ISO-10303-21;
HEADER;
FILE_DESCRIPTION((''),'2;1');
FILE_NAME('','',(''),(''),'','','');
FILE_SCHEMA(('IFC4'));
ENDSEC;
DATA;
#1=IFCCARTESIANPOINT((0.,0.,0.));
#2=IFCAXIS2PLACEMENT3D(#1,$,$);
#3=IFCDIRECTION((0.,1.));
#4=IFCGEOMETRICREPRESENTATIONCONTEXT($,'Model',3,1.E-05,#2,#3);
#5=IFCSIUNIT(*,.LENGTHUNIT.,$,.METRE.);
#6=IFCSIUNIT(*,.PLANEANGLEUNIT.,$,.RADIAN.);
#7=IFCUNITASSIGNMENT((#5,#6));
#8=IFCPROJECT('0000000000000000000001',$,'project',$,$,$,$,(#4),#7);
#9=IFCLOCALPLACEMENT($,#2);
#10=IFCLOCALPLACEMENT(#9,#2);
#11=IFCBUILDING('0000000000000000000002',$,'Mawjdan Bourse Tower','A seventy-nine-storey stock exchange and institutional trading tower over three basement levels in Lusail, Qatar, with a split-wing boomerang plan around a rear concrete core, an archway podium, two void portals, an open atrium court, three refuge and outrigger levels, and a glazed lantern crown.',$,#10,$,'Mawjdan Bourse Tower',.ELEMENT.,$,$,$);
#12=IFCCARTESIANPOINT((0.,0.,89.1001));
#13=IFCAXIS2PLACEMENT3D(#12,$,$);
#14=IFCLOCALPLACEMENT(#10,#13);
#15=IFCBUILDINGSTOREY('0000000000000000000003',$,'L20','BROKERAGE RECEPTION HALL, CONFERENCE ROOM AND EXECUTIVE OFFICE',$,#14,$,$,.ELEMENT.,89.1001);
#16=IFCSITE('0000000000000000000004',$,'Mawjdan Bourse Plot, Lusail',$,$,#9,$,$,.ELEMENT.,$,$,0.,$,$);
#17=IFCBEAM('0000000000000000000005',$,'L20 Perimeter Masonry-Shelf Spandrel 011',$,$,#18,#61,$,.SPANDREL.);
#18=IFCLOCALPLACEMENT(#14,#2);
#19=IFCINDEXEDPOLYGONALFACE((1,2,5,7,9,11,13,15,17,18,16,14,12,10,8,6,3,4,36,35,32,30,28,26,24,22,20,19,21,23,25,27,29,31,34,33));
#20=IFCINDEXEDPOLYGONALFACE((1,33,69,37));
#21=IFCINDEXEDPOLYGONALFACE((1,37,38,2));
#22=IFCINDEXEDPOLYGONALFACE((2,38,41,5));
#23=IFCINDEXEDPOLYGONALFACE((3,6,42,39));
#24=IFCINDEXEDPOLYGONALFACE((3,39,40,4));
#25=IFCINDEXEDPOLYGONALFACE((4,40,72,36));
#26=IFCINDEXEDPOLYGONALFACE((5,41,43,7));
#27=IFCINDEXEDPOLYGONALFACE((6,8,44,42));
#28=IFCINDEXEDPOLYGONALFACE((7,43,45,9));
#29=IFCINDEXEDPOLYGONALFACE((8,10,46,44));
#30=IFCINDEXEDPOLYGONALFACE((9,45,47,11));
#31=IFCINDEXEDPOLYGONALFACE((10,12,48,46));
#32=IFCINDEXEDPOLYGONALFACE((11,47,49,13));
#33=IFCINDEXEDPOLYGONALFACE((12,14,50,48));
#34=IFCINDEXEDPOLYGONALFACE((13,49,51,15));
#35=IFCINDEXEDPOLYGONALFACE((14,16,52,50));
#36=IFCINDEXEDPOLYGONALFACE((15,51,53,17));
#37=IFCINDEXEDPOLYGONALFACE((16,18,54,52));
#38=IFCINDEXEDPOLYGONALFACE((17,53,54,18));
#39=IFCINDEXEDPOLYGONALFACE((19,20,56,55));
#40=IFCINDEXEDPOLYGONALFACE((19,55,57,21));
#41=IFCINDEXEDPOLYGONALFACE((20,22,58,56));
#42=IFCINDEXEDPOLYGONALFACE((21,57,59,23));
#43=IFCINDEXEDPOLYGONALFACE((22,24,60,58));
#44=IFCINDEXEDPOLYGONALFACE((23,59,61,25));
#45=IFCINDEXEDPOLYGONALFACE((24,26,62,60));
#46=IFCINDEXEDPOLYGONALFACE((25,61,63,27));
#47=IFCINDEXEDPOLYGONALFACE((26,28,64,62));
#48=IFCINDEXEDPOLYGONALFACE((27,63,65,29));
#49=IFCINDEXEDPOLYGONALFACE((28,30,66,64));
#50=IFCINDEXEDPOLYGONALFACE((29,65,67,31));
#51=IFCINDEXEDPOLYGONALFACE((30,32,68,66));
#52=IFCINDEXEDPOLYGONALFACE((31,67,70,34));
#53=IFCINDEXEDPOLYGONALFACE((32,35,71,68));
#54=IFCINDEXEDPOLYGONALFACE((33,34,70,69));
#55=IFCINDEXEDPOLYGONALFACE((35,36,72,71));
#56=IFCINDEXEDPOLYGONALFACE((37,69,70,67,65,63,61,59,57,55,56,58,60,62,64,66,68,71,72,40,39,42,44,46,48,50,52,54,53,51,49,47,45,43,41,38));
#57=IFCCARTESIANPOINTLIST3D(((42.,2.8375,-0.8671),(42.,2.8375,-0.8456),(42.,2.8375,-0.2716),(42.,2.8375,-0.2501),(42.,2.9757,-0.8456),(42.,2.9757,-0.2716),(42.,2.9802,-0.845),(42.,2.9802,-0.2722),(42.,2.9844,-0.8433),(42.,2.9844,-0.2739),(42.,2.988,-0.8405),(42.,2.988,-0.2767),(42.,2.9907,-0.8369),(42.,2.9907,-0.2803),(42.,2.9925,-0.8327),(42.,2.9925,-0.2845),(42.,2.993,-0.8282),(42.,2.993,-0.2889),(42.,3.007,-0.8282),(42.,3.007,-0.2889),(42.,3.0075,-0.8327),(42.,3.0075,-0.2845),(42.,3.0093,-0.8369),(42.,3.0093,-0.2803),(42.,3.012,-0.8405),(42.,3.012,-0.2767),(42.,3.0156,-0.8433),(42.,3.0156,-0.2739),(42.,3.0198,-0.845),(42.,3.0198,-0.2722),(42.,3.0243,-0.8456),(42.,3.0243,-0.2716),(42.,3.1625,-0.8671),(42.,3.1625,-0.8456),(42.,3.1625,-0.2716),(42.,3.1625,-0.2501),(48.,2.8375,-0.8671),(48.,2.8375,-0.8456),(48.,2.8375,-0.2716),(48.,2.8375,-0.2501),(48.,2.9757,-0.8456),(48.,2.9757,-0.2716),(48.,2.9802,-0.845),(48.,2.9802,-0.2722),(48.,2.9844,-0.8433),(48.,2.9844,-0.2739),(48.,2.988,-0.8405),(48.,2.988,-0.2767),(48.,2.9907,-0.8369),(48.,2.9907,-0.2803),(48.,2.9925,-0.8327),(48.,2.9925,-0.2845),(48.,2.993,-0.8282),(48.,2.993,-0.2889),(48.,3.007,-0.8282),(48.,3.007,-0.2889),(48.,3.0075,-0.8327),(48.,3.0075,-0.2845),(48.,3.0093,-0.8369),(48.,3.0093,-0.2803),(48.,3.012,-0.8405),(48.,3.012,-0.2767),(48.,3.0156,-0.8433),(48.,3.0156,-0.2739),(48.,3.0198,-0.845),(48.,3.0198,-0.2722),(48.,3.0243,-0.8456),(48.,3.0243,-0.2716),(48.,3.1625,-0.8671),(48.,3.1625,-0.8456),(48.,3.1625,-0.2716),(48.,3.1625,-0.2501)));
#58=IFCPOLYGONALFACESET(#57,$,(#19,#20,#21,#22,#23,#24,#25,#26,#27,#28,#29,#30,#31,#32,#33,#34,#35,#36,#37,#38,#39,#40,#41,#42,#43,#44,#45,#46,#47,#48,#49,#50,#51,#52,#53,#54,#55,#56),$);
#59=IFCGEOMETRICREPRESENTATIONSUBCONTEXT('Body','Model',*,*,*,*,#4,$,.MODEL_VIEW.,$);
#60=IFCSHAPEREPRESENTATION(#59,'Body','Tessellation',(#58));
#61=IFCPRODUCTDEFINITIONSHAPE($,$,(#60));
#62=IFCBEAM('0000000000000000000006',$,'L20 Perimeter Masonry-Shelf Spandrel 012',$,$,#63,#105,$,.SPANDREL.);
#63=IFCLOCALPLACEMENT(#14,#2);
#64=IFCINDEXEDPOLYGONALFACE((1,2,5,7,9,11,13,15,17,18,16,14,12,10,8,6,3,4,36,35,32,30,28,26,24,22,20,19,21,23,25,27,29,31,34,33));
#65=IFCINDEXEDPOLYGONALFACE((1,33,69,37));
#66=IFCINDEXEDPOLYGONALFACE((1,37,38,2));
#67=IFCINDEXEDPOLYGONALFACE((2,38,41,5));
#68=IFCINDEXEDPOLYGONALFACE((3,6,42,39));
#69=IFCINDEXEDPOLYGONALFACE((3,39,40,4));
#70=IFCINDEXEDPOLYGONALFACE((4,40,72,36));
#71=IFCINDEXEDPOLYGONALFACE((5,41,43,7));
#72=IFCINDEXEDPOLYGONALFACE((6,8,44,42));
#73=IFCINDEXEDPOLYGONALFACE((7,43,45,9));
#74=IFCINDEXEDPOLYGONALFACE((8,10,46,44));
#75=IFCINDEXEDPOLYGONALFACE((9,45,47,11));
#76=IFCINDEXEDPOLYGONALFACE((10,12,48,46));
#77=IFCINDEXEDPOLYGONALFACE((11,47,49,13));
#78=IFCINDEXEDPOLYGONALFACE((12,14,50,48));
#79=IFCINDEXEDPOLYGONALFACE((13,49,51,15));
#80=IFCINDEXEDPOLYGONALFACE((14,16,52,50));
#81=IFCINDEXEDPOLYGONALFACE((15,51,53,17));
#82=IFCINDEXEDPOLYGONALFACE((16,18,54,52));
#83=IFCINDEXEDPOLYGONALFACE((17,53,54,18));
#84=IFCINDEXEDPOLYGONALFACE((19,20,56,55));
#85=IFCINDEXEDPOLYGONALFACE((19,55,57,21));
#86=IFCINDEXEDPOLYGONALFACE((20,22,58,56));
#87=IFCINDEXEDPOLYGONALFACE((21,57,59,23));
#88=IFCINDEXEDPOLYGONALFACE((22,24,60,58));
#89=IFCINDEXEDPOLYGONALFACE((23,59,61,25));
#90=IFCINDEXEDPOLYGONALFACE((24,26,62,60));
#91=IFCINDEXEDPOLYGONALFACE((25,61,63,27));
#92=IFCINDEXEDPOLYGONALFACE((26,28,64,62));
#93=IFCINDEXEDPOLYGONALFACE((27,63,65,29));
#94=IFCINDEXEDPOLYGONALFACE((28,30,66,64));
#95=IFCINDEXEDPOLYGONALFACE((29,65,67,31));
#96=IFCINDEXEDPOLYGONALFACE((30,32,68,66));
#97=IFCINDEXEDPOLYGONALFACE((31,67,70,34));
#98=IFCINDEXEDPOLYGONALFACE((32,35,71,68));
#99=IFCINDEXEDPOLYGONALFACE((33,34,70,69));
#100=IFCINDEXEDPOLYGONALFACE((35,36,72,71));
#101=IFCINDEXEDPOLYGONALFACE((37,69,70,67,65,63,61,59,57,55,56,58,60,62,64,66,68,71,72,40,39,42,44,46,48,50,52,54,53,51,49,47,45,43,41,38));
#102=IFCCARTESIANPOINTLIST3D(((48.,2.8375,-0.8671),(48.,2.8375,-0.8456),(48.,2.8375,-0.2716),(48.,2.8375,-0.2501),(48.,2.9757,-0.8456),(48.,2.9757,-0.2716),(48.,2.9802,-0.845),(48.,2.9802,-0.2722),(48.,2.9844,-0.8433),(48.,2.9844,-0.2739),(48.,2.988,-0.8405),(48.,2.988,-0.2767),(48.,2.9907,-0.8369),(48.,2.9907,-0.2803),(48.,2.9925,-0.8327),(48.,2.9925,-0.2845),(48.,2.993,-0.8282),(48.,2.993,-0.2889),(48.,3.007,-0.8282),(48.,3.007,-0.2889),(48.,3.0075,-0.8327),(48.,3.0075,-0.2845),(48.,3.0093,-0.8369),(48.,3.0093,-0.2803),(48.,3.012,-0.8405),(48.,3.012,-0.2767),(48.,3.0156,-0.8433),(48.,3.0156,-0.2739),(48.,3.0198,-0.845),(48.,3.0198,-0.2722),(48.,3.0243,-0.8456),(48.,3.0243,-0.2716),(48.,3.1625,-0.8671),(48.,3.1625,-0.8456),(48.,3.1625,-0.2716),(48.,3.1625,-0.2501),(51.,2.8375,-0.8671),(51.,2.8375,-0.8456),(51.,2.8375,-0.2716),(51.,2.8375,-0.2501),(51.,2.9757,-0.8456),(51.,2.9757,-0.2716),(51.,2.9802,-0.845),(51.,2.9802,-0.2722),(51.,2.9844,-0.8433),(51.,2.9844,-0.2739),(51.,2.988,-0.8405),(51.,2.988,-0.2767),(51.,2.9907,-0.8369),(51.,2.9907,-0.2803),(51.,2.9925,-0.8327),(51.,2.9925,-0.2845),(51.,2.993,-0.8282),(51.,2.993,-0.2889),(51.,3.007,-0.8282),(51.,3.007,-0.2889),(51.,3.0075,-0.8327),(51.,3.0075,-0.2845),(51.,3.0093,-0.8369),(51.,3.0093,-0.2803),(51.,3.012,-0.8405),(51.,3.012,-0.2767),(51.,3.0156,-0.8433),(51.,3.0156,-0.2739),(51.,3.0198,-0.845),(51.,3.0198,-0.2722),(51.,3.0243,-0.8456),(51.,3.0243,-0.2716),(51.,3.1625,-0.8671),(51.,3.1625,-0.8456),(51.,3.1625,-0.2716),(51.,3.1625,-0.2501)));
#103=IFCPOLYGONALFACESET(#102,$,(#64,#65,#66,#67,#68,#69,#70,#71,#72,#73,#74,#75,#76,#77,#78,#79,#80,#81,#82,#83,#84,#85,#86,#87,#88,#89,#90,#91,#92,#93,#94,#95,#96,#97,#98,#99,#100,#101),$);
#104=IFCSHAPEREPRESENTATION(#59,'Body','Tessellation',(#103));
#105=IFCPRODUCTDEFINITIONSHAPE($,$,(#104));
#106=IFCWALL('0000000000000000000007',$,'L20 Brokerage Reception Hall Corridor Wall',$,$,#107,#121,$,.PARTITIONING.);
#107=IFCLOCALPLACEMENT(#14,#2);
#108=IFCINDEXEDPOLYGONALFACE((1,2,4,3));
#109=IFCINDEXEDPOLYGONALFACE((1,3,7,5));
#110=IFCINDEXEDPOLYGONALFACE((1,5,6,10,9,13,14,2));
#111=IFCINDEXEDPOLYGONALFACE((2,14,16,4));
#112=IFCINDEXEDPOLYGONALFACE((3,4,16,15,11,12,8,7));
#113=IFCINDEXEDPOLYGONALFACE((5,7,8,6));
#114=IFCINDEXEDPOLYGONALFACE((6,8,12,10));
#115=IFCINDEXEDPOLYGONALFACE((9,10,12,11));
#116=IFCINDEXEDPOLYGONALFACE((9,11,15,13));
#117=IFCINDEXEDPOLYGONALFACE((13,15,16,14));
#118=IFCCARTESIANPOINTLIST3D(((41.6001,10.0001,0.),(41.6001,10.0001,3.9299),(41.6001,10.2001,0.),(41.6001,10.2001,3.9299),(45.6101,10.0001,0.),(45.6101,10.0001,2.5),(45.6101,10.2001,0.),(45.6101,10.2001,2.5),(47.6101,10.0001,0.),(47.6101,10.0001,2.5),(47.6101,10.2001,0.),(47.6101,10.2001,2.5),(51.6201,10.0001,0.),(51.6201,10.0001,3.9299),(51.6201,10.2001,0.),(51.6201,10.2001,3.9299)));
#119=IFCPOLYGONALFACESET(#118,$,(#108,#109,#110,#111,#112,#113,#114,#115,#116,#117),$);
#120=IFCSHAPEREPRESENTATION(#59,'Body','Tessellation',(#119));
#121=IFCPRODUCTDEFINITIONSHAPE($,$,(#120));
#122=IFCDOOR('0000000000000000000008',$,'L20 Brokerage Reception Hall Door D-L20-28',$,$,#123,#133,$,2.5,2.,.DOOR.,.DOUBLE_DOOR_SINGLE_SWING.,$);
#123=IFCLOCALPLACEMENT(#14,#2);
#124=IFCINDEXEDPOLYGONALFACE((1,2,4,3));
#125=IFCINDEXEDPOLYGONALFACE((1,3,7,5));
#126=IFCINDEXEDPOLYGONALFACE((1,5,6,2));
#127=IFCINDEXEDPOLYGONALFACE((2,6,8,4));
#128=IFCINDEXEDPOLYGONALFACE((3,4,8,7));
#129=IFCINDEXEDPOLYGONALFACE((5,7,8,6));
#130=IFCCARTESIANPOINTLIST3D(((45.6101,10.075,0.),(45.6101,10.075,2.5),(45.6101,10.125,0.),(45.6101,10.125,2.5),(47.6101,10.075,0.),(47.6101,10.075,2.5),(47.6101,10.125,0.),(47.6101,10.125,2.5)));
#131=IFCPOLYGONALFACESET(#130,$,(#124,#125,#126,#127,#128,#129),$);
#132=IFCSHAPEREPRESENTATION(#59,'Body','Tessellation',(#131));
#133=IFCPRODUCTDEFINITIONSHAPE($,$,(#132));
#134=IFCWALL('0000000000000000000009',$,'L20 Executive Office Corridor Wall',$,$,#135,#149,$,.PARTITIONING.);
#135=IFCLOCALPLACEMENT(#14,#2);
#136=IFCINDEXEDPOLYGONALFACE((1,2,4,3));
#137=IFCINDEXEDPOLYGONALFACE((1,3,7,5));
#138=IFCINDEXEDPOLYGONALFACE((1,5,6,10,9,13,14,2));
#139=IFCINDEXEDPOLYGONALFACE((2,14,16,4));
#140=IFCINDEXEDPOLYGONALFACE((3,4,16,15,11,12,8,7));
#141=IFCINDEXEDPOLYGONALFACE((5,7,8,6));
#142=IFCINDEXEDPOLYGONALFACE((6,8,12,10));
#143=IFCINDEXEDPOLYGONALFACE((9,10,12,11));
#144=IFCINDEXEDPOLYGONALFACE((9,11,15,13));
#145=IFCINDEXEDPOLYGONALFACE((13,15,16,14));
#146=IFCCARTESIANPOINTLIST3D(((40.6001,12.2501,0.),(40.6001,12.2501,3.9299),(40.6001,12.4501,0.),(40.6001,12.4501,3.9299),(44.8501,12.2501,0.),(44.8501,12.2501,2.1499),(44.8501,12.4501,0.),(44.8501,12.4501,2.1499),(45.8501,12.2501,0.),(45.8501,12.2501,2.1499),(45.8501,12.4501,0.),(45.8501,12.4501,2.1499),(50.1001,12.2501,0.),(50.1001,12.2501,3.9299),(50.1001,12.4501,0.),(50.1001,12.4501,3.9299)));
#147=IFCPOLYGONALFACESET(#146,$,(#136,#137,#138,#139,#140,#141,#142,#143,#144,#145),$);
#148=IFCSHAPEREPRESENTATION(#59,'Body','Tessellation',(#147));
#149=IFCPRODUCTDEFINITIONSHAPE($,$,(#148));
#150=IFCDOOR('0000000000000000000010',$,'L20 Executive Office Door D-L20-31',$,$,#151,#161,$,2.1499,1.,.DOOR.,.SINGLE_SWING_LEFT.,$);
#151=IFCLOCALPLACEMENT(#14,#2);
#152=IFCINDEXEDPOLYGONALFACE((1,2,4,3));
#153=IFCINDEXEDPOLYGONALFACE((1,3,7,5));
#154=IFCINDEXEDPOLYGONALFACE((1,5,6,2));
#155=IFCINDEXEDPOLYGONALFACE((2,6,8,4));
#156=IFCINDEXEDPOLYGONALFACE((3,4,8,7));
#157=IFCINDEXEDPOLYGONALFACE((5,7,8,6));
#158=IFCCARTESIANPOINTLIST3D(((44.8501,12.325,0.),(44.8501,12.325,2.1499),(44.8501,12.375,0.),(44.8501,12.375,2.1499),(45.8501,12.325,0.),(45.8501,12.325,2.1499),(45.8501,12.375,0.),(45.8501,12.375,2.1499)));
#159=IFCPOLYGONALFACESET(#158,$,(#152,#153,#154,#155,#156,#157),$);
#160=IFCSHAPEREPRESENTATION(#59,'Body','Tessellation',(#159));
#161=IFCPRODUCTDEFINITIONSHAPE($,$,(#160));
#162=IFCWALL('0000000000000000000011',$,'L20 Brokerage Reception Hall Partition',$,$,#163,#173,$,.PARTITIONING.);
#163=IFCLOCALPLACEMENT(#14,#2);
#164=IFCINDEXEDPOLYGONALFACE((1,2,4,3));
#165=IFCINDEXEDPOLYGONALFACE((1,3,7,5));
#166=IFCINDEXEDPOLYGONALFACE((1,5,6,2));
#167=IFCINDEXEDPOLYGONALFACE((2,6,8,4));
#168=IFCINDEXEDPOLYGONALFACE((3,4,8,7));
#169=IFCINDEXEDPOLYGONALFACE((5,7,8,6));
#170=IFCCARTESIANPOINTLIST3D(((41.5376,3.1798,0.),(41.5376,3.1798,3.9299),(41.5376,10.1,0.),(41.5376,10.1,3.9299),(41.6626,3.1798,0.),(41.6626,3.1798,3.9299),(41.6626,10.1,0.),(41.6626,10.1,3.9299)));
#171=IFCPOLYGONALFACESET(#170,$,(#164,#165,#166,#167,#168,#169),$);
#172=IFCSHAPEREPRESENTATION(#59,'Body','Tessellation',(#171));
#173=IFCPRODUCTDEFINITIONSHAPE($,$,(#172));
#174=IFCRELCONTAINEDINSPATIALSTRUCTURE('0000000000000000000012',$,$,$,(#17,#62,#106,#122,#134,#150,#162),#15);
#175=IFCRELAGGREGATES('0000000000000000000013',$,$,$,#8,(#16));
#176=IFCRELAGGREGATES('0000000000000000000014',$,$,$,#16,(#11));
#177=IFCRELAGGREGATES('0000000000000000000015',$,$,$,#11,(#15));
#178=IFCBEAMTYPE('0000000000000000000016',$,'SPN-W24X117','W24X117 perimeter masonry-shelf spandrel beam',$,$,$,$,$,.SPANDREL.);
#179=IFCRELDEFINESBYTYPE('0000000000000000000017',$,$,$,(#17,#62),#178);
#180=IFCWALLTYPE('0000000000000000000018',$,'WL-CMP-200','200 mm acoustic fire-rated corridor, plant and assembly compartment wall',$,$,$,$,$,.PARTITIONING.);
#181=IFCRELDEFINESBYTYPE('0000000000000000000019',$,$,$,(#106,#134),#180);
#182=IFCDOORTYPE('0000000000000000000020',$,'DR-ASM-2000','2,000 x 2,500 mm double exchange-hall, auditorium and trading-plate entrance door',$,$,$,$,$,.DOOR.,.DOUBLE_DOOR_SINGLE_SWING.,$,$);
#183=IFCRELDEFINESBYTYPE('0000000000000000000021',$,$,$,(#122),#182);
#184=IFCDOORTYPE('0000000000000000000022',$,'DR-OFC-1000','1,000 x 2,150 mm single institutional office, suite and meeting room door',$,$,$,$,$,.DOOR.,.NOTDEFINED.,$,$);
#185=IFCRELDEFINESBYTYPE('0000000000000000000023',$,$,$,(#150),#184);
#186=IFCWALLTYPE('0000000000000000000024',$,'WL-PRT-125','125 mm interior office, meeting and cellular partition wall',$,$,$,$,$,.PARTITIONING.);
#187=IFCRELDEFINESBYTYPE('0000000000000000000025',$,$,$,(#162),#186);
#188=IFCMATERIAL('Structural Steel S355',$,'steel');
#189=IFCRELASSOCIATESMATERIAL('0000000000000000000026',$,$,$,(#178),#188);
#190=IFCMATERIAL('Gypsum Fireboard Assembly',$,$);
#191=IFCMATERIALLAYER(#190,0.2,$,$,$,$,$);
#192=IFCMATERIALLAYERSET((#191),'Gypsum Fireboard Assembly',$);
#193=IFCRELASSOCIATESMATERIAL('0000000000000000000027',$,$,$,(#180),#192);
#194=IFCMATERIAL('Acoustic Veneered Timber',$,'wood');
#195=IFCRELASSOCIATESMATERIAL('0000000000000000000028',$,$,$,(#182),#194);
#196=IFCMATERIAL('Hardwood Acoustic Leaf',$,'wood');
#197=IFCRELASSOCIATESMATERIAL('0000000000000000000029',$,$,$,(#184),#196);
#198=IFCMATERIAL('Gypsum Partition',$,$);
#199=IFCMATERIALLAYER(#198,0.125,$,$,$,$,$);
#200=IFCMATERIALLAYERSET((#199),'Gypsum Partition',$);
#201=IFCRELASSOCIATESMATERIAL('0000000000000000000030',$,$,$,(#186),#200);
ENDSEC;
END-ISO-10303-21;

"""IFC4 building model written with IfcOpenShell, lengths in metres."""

from ifc_helpers import new_model, si_unit, direction, frame, frame_2d, origin, origin_2d, place, context, subcontext, project, spatial, rectangle, i_section, extrude, material, layer, layer_set, material_profile, profile_set, type_object, element, fill, save


model = new_model("IFC4")

# Units and contexts
model_context = context("Model", 3, precision=1e-05, world=origin(), true_north=direction((0.0, 1.0)))
body_context = subcontext(model_context, "Body", "Model", "MODEL_VIEW")
ifc_project = project(units=[si_unit("LENGTHUNIT", "METRE"), si_unit("PLANEANGLEUNIT", "RADIAN")], contexts=[model_context])

# Site, building, storey
site_placement = place(None, origin())
site = spatial("IfcSite", under=ifc_project, at=site_placement, Name="Mawjdan Bourse Plot, Lusail", CompositionType="ELEMENT", RefElevation=0.0)
building_placement = place(site_placement, origin())
building = spatial("IfcBuilding", under=site, at=building_placement, Name="Mawjdan Bourse Tower", Description="A seventy-nine-storey stock exchange and institutional trading tower over three basement levels in Lusail, Qatar, with a split-wing boomerang plan around a rear concrete core, an archway podium, two void portals, an open atrium court, three refuge and outrigger levels, and a glazed lantern crown.", LongName="Mawjdan Bourse Tower", CompositionType="ELEMENT")
storey_placement = place(building_placement, frame((0.0, 0.0, 89.1001)))
storey = spatial("IfcBuildingStorey", under=building, at=storey_placement, Name="L20", Description="BROKERAGE RECEPTION HALL, CONFERENCE ROOM AND EXECUTIVE OFFICE", CompositionType="ELEMENT", Elevation=89.1001)

# Beams
ifc_material_1 = material(Name="Structural Steel S355", Category="steel")
ifc_material_profile_1 = material_profile(ifc_material_1, i_section(OverallWidth=0.325, OverallDepth=0.6169, WebThickness=0.0139, FlangeThickness=0.0215, FilletRadius=0.0173, at=origin_2d()), Name="W24X117")
ifc_profile_set_1 = profile_set([ifc_material_profile_1], Name="Structural Steel S355")
beam_type_1 = type_object("IfcBeamType", Name="SPN-W24X117", Description="W24X117 perimeter masonry-shelf spandrel beam", PredefinedType="SPANDREL", material=ifc_profile_set_1)
beam_1_placement = place(storey_placement, frame((42.0, 3.0, -0.5586), z_axis=(1.0, 0.0, 0.0), x_axis=(0.0, 1.0, 0.0)))
element("IfcBeam", 1, at=beam_1_placement, inside=storey, type_object=beam_type_1, Name="L20 Perimeter Masonry-Shelf Spandrel 011", PredefinedType="SPANDREL", context=body_context, shape_type="SweptSolid", body=[
    extrude(i_section(OverallWidth=0.325, OverallDepth=0.6169, WebThickness=0.0139, FlangeThickness=0.0215, FilletRadius=0.0173, at=origin_2d()), origin(), (0.0, 0.0, 1.0), 6.0),
])
beam_2_placement = place(storey_placement, frame((48.0, 3.0, -0.5586), z_axis=(1.0, 0.0, 0.0), x_axis=(0.0, 1.0, 0.0)))
element("IfcBeam", 2, at=beam_2_placement, inside=storey, type_object=beam_type_1, Name="L20 Perimeter Masonry-Shelf Spandrel 012", PredefinedType="SPANDREL", context=body_context, shape_type="SweptSolid", body=[
    extrude(i_section(OverallWidth=0.325, OverallDepth=0.6169, WebThickness=0.0139, FlangeThickness=0.0215, FilletRadius=0.0173, at=origin_2d()), origin(), (0.0, 0.0, 1.0), 3.0),
])

# Walls, openings, doors
ifc_material_2 = material(Name="Gypsum Fireboard Assembly")
ifc_layer_1 = layer(ifc_material_2, 0.2)
ifc_layer_set_1 = layer_set([ifc_layer_1], Name="Gypsum Fireboard Assembly")
wall_type_1 = type_object("IfcWallType", Name="WL-CMP-200", Description="200 mm acoustic fire-rated corridor, plant and assembly compartment wall", PredefinedType="PARTITIONING", material=ifc_layer_set_1)
wall_1_placement = place(storey_placement, frame((41.6001, 10.1001, 0.0), z_axis=(0.0, 0.0, 1.0), x_axis=(1.0, 0.0, 0.0)))
wall_1 = element("IfcWall", 3, at=wall_1_placement, inside=storey, type_object=wall_type_1, Name="L20 Brokerage Reception Hall Corridor Wall", PredefinedType="PARTITIONING", context=body_context, shape_type="SweptSolid", body=[
    extrude(rectangle(XDim=10.02, YDim=0.2, at=frame_2d((5.01, 0.0))), origin(), (0.0, 0.0, 1.0), 3.9299),
])
opening_1_placement = place(wall_1_placement, frame((4.01, 0.0, 0.0)))
opening_1 = element("IfcOpeningElement", 4, at=opening_1_placement, cuts=wall_1, PredefinedType="OPENING", context=body_context, shape_type="SweptSolid", body=[
    extrude(rectangle(XDim=2.0, YDim=2.5, at=frame_2d((1.0, 1.25))), frame((0.0, 0.1099, 0.0), z_axis=(0.0, -1.0, 0.0), x_axis=(1.0, 0.0, 0.0)), (0.0, 0.0, 1.0), 0.22),
])
ifc_material_3 = material(Name="Acoustic Veneered Timber", Category="wood")
door_type_1 = type_object("IfcDoorType", Name="DR-ASM-2000", Description="2,000 x 2,500 mm double exchange-hall, auditorium and trading-plate entrance door", OperationType="DOUBLE_DOOR_SINGLE_SWING", PredefinedType="DOOR", material=ifc_material_3)
door_1_placement = place(opening_1_placement, origin())
door_1 = element("IfcDoor", 5, at=door_1_placement, inside=storey, type_object=door_type_1, Name="L20 Brokerage Reception Hall Door D-L20-28", OperationType="DOUBLE_DOOR_SINGLE_SWING", OverallHeight=2.5, OverallWidth=2.0, PredefinedType="DOOR", context=body_context, shape_type="SweptSolid", body=[
    extrude(rectangle(XDim=2.0, YDim=2.5, at=frame_2d((1.0, 1.25))), frame((0.0, 0.0249, 0.0), z_axis=(0.0, -1.0, 0.0), x_axis=(1.0, 0.0, 0.0)), (0.0, 0.0, 1.0), 0.05),
])
fill(opening_1, door_1)
wall_2_placement = place(storey_placement, frame((40.6001, 12.3501, 0.0), z_axis=(0.0, 0.0, 1.0), x_axis=(1.0, 0.0, 0.0)))
wall_2 = element("IfcWall", 6, at=wall_2_placement, inside=storey, type_object=wall_type_1, Name="L20 Executive Office Corridor Wall", PredefinedType="PARTITIONING", context=body_context, shape_type="SweptSolid", body=[
    extrude(rectangle(XDim=9.5, YDim=0.2, at=frame_2d((4.75, 0.0))), origin(), (0.0, 0.0, 1.0), 3.9299),
])
opening_2_placement = place(wall_2_placement, frame((4.25, 0.0, 0.0)))
opening_2 = element("IfcOpeningElement", 7, at=opening_2_placement, cuts=wall_2, PredefinedType="OPENING", context=body_context, shape_type="SweptSolid", body=[
    extrude(rectangle(XDim=1.0, YDim=2.1499, at=frame_2d((0.5, 1.075))), frame((0.0, 0.1099, 0.0), z_axis=(0.0, -1.0, 0.0), x_axis=(1.0, 0.0, 0.0)), (0.0, 0.0, 1.0), 0.22),
])
ifc_material_4 = material(Name="Hardwood Acoustic Leaf", Category="wood")
door_type_2 = type_object("IfcDoorType", Name="DR-OFC-1000", Description="1,000 x 2,150 mm single institutional office, suite and meeting room door", OperationType="NOTDEFINED", PredefinedType="DOOR", material=ifc_material_4)
door_2_placement = place(opening_2_placement, origin())
door_2 = element("IfcDoor", 8, at=door_2_placement, inside=storey, type_object=door_type_2, Name="L20 Executive Office Door D-L20-31", OperationType="SINGLE_SWING_LEFT", OverallHeight=2.1499, OverallWidth=1.0, PredefinedType="DOOR", context=body_context, shape_type="SweptSolid", body=[
    extrude(rectangle(XDim=1.0, YDim=2.1499, at=frame_2d((0.5, 1.075))), frame((0.0, 0.0249, 0.0), z_axis=(0.0, -1.0, 0.0), x_axis=(1.0, 0.0, 0.0)), (0.0, 0.0, 1.0), 0.05),
])
fill(opening_2, door_2)

# Wall
ifc_material_5 = material(Name="Gypsum Partition")
ifc_layer_2 = layer(ifc_material_5, 0.125)
ifc_layer_set_2 = layer_set([ifc_layer_2], Name="Gypsum Partition")
wall_type_2 = type_object("IfcWallType", Name="WL-PRT-125", Description="125 mm interior office, meeting and cellular partition wall", PredefinedType="PARTITIONING", material=ifc_layer_set_2)
wall_3_placement = place(storey_placement, frame((41.6001, 3.1799, 0.0), z_axis=(0.0, 0.0, 1.0), x_axis=(0.0, 1.0, 0.0)))
element("IfcWall", 9, at=wall_3_placement, inside=storey, type_object=wall_type_2, Name="L20 Brokerage Reception Hall Partition", PredefinedType="PARTITIONING", context=body_context, shape_type="SweptSolid", body=[
    extrude(rectangle(XDim=6.9202, YDim=0.125, at=frame_2d((3.46, 0.0))), origin(), (0.0, 0.0, 1.0), 3.9299),
])

save(model, "model.ifc")
